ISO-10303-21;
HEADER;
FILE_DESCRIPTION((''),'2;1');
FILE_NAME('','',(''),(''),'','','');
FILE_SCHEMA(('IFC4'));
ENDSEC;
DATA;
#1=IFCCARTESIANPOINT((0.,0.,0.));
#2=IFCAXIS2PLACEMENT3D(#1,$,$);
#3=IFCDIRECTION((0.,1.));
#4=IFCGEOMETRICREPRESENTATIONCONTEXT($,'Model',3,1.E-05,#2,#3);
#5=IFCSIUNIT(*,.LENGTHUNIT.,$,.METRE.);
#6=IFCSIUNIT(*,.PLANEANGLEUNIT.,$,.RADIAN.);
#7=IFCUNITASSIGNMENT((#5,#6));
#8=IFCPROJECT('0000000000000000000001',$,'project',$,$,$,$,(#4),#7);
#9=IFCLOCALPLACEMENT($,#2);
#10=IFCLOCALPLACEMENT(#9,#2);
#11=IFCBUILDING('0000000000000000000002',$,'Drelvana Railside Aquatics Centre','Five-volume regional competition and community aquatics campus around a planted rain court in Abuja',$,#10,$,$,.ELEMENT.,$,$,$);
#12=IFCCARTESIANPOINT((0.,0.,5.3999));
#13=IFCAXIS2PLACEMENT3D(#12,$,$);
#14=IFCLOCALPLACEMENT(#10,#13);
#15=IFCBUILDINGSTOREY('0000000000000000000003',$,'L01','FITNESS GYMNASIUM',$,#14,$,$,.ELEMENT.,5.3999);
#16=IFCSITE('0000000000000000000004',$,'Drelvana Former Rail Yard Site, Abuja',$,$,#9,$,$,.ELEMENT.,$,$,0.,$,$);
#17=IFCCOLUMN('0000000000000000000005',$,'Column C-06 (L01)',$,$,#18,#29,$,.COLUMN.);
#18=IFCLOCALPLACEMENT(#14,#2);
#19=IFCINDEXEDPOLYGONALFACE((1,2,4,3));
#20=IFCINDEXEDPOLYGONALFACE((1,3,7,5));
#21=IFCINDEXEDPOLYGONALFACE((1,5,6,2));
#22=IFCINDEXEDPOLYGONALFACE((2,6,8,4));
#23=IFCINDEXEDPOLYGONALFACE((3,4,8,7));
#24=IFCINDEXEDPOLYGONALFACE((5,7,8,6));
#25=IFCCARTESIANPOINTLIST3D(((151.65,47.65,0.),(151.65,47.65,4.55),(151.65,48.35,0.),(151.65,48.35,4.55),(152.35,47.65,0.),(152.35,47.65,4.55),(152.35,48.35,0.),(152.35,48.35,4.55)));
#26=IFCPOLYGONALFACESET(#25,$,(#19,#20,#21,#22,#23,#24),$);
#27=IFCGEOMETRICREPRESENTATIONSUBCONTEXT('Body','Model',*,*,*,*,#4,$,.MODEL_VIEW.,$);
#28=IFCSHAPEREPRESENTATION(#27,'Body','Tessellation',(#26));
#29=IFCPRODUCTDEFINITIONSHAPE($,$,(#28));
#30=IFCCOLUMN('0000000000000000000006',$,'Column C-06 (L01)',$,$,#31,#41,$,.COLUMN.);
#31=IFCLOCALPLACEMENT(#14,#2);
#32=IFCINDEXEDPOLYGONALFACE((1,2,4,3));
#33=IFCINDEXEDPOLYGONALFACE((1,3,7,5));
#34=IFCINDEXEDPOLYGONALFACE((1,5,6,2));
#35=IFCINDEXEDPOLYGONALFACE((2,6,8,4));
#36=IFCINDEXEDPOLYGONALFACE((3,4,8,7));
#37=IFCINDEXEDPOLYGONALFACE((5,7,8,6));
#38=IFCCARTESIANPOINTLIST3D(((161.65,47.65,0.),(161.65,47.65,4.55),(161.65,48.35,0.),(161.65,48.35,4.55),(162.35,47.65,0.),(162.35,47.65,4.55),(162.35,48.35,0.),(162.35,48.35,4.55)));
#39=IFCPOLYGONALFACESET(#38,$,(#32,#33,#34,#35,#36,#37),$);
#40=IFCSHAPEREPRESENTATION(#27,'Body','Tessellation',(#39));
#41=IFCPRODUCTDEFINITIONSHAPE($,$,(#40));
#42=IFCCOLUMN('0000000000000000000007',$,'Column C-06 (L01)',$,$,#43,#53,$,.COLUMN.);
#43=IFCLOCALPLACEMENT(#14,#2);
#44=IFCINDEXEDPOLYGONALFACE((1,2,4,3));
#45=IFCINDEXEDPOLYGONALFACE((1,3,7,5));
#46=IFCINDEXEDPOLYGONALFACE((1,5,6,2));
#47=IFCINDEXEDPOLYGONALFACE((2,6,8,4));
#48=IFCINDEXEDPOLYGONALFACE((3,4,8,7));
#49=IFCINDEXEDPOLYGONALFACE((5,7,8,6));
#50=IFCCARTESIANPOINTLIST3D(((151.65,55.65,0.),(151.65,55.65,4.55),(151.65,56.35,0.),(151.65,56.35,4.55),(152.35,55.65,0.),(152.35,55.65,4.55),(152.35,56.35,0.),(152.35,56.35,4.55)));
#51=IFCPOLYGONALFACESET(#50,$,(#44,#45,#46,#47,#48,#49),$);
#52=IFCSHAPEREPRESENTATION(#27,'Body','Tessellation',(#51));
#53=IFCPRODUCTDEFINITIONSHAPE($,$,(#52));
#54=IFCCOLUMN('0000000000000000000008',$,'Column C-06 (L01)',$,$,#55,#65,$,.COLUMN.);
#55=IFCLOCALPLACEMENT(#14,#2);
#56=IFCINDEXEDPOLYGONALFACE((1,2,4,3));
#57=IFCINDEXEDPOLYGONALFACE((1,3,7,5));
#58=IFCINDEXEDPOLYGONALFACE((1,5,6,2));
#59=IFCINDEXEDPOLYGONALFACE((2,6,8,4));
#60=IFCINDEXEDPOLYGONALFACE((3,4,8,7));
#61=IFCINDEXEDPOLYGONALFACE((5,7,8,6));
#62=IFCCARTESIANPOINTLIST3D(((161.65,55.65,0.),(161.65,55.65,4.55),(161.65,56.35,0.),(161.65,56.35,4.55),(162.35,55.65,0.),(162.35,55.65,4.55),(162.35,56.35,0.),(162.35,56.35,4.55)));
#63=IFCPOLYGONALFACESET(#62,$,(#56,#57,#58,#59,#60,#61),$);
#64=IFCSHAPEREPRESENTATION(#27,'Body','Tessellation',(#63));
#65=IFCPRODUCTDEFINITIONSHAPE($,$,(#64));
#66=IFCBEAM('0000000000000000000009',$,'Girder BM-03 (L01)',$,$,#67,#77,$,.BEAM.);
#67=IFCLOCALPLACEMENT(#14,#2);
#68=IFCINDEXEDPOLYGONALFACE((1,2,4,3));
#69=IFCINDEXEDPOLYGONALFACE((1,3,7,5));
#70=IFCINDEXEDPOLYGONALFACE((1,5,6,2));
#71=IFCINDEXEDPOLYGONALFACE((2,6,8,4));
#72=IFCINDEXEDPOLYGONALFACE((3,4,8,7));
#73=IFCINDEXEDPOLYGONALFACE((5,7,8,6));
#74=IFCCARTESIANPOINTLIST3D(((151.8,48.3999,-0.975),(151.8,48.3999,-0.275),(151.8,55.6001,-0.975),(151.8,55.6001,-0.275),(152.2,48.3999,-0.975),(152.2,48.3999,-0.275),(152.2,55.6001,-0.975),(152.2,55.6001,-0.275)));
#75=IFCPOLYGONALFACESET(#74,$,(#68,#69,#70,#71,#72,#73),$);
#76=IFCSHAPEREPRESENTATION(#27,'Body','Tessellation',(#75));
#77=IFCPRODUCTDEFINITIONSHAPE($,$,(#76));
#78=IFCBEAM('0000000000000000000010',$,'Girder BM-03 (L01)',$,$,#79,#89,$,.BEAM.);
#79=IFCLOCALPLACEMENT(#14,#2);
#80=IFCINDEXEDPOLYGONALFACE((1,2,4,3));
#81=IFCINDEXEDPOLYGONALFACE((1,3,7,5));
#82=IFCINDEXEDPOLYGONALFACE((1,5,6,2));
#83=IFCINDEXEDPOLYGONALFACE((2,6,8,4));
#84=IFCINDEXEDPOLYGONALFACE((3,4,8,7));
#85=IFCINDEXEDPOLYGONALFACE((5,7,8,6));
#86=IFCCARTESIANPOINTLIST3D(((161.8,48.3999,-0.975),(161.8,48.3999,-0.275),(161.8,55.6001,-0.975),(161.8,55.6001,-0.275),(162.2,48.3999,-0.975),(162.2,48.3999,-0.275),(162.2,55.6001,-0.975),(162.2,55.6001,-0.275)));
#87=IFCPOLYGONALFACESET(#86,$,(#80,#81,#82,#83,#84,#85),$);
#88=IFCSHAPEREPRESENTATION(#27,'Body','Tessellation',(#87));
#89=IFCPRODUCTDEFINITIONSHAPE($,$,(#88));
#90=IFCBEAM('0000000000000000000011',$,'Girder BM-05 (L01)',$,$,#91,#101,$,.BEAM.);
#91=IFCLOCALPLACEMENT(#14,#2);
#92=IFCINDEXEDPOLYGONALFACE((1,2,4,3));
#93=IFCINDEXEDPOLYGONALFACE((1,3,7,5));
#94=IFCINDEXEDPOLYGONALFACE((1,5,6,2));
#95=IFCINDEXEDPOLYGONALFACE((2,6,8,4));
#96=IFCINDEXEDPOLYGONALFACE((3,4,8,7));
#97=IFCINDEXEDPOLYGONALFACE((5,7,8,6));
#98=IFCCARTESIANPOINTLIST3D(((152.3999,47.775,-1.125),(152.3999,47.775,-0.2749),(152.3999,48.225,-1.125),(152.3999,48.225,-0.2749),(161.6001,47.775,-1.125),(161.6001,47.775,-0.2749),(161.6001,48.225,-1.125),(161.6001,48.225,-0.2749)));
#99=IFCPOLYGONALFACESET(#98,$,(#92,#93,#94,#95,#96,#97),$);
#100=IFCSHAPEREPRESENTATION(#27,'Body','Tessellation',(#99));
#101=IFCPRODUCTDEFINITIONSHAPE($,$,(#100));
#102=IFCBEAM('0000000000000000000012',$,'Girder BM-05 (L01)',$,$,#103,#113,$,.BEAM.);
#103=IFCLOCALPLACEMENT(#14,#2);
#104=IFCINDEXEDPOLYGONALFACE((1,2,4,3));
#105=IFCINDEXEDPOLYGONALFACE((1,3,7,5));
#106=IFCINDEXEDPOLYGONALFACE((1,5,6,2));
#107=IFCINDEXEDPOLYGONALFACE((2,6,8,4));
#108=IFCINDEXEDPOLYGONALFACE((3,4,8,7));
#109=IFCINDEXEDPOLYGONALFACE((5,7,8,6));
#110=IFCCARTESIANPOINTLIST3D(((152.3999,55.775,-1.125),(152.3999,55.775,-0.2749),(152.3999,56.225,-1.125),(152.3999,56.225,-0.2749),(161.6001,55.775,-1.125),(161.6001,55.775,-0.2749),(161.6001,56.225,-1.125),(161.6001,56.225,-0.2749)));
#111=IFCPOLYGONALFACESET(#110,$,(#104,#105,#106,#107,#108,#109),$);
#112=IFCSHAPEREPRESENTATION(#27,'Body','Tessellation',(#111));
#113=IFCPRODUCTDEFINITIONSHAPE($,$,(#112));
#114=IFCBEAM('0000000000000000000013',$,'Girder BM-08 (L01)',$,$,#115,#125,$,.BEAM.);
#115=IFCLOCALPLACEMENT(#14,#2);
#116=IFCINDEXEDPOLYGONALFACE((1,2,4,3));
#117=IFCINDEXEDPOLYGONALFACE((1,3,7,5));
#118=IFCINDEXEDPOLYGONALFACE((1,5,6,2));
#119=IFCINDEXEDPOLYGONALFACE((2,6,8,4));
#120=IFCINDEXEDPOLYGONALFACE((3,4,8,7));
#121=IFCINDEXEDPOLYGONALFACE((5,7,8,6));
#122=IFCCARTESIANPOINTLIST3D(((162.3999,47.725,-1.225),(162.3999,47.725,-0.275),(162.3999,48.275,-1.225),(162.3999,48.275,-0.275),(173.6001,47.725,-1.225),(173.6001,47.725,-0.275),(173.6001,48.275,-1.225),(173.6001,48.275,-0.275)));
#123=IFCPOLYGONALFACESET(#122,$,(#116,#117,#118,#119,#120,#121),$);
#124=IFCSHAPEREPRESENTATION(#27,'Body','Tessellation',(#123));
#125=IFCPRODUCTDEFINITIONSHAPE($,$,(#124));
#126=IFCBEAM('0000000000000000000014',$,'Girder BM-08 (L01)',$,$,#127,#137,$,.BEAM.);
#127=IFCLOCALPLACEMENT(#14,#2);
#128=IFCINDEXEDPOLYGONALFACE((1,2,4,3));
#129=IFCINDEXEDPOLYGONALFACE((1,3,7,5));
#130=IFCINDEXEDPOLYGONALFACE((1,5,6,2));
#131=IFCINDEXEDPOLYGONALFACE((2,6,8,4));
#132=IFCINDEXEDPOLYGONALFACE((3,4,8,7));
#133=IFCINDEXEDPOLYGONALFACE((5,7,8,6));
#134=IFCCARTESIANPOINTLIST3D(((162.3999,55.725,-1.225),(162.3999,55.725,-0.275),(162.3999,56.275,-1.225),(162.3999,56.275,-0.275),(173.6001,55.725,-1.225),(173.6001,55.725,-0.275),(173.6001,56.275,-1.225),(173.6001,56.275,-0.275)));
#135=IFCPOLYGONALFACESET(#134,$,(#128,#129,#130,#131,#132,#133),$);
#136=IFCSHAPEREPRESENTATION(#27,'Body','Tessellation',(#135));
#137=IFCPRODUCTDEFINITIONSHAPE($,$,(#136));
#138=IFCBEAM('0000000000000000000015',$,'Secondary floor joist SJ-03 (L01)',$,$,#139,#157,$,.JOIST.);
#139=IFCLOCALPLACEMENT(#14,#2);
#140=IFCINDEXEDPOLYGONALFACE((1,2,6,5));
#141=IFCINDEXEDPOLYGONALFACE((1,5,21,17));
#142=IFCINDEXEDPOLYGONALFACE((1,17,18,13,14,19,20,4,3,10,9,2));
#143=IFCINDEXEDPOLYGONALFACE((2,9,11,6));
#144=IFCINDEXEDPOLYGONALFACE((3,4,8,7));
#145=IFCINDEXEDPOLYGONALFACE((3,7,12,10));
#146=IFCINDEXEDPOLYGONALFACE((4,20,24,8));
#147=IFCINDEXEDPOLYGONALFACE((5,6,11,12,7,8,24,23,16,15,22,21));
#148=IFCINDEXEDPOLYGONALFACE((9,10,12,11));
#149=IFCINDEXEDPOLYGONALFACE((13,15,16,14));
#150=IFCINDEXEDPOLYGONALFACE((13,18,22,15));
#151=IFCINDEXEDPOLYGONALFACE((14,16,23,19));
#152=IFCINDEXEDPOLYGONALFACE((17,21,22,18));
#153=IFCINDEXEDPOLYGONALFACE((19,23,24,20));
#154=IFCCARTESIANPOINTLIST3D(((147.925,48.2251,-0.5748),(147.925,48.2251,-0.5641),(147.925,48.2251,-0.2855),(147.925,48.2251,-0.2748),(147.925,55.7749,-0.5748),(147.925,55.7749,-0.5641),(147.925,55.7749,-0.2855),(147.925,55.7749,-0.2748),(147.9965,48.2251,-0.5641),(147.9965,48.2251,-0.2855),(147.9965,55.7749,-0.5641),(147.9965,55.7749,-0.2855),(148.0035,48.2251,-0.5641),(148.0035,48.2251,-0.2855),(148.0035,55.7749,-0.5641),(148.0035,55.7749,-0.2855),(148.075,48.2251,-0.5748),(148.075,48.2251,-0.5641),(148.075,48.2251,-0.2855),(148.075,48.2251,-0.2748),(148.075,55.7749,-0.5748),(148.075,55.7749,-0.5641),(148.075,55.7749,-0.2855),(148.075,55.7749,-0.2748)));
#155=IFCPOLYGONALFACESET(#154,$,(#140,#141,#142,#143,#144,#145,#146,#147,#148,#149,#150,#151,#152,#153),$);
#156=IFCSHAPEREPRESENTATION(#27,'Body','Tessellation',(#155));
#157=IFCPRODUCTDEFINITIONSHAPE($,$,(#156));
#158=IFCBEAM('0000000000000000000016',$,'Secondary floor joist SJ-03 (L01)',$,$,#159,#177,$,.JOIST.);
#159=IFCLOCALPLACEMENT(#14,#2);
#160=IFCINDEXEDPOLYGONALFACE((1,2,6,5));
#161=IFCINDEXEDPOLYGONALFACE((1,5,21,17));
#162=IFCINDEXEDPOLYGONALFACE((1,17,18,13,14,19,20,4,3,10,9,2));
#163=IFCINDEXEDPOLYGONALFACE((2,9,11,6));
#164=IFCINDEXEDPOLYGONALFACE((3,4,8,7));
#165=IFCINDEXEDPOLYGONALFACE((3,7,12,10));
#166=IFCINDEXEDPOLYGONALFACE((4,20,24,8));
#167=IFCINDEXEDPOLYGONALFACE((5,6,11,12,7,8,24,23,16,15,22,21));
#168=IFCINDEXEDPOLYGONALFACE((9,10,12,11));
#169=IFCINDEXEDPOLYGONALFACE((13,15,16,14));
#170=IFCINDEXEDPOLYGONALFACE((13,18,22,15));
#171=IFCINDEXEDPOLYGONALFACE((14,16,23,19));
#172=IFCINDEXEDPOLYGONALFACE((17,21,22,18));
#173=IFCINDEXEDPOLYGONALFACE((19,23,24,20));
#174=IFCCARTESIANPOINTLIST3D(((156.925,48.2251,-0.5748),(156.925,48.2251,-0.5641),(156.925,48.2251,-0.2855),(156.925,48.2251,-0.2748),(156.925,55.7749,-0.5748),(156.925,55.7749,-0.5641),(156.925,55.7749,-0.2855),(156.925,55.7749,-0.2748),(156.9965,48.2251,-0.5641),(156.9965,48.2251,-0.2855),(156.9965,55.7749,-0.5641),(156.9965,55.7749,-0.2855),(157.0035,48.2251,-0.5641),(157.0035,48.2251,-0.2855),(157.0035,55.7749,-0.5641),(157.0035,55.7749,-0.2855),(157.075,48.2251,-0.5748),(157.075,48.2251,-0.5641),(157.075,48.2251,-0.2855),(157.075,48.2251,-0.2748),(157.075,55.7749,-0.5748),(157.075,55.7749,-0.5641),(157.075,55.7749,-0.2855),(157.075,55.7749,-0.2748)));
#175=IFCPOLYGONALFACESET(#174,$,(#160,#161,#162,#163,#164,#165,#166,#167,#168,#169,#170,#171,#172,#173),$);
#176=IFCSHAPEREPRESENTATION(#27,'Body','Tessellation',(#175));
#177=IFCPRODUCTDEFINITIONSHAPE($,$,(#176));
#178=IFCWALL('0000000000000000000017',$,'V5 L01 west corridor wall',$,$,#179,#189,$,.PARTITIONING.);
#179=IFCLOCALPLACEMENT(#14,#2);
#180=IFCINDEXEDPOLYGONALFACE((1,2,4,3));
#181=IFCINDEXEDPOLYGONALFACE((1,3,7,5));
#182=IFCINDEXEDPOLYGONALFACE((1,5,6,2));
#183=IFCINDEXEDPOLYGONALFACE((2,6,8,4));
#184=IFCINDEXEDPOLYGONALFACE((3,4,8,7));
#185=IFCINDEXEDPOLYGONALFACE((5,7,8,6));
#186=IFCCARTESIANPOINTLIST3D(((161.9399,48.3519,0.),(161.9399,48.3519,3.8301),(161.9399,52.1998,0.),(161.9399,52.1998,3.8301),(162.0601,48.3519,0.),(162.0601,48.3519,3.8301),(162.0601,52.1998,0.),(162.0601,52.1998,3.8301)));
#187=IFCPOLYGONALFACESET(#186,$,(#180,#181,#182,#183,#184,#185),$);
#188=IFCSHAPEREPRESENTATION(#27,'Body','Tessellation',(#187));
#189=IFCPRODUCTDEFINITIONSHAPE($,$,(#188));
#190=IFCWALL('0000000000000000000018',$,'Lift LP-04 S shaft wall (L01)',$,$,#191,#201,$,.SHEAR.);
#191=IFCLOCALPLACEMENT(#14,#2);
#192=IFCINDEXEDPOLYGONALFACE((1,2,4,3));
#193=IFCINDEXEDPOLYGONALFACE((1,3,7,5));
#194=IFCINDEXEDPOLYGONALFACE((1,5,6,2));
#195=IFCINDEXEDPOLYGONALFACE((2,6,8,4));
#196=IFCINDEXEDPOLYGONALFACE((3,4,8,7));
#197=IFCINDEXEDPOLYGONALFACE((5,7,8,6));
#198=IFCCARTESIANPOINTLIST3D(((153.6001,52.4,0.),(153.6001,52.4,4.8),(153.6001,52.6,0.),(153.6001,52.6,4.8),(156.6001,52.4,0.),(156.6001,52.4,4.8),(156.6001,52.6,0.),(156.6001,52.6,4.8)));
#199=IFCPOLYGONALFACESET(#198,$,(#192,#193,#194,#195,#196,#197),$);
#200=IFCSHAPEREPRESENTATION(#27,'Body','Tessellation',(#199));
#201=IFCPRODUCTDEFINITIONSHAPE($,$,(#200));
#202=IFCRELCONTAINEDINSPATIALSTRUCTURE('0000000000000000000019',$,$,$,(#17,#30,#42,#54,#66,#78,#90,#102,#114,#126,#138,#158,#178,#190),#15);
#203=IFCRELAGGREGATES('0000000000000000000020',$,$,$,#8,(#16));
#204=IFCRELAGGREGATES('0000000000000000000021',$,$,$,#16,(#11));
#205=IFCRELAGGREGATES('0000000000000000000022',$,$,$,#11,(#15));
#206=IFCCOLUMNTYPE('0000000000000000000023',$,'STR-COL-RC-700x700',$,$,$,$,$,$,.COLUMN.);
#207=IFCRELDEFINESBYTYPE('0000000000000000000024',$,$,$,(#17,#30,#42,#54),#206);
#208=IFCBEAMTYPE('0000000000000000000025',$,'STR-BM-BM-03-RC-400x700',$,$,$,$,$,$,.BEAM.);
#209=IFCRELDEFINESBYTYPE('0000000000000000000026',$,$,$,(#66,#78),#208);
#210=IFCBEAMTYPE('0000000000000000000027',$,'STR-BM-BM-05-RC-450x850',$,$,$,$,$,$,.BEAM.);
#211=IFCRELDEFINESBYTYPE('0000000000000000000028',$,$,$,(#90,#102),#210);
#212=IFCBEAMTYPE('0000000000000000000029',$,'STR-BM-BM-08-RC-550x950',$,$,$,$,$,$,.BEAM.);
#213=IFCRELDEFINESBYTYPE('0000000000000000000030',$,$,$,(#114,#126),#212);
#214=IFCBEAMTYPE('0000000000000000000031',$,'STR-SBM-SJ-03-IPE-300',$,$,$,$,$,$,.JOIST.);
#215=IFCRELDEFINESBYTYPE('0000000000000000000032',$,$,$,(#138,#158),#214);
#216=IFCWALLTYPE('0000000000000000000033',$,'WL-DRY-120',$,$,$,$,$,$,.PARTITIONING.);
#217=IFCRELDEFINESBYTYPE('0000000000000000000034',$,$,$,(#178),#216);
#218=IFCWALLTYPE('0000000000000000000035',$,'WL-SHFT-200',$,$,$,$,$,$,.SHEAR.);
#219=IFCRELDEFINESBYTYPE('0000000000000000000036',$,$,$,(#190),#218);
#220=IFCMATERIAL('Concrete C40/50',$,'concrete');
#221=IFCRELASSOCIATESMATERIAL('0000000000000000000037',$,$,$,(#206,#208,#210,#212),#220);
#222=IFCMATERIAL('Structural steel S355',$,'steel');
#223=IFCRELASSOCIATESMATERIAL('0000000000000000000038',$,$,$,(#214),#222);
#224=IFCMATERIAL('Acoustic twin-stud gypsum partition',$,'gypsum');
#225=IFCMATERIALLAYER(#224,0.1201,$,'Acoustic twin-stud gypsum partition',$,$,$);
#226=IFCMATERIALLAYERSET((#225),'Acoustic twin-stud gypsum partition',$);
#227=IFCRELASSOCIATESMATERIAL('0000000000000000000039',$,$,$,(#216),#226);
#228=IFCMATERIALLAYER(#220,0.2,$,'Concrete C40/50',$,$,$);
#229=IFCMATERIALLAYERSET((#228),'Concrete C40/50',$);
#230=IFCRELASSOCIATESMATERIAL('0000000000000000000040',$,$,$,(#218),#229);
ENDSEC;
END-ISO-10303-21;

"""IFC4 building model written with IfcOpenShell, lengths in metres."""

from ifc_helpers import new_model, si_unit, direction, frame, frame_2d, origin, origin_2d, place, context, subcontext, project, spatial, rectangle, i_section, extrude, material, layer, layer_set, material_profile, profile_set, type_object, element, save


model = new_model("IFC4")

# Units and contexts
model_context = context("Model", 3, precision=1e-05, world=origin(), true_north=direction((0.0, 1.0)))
body_context = subcontext(model_context, "Body", "Model", "MODEL_VIEW")
ifc_project = project(units=[si_unit("LENGTHUNIT", "METRE"), si_unit("PLANEANGLEUNIT", "RADIAN")], contexts=[model_context])

# Site, building, storey
site_placement = place(None, origin())
site = spatial("IfcSite", under=ifc_project, at=site_placement, Name="Drelvana Former Rail Yard Site, Abuja", CompositionType="ELEMENT", RefElevation=0.0)
building_placement = place(site_placement, origin())
building = spatial("IfcBuilding", under=site, at=building_placement, Name="Drelvana Railside Aquatics Centre", Description="Five-volume regional competition and community aquatics campus around a planted rain court in Abuja", CompositionType="ELEMENT")
storey_placement = place(building_placement, frame((0.0, 0.0, 5.3999)))
storey = spatial("IfcBuildingStorey", under=building, at=storey_placement, Name="L01", Description="FITNESS GYMNASIUM", CompositionType="ELEMENT", Elevation=5.3999)

# Columns
ifc_material_1 = material(Name="Concrete C40/50", Category="concrete")
ifc_material_profile_1 = material_profile(ifc_material_1, rectangle(XDim=0.7, YDim=0.7, at=origin_2d()), Name="RC 700x700")
ifc_profile_set_1 = profile_set([ifc_material_profile_1], Name="Concrete C40/50")
column_type = type_object("IfcColumnType", Name="STR-COL-RC-700x700", PredefinedType="COLUMN", material=ifc_profile_set_1)
for number, where, z_axis, x_axis, name in (
    (1, (152.0, 48.0, 0.0), (0.0, 0.0, 1.0), (1.0, 0.0, 0.0), "Column C-06 (L01)"),
    (2, (162.0, 48.0, 0.0), (0.0, 0.0, 1.0), (1.0, 0.0, 0.0), "Column C-06 (L01)"),
    (3, (152.0, 56.0, 0.0), (0.0, 0.0, 1.0), (1.0, 0.0, 0.0), "Column C-06 (L01)"),
    (4, (162.0, 56.0, 0.0), (0.0, 0.0, 1.0), (1.0, 0.0, 0.0), "Column C-06 (L01)"),
):
    element("IfcColumn", number, at=place(storey_placement, frame(where, z_axis=z_axis, x_axis=x_axis)), inside=storey, type_object=column_type, Name=name, PredefinedType="COLUMN", context=body_context, shape_type="SweptSolid", body=[
        extrude(rectangle(XDim=0.7, YDim=0.7, at=origin_2d()), origin(), (0.0, 0.0, 1.0), 4.55),
    ])

# Beams
ifc_material_profile_2 = material_profile(ifc_material_1, rectangle(XDim=0.3999, YDim=0.7, at=origin_2d()), Name="RC 400x700")
ifc_profile_set_2 = profile_set([ifc_material_profile_2], Name="Concrete C40/50")
beam_type_1 = type_object("IfcBeamType", Name="STR-BM-BM-03-RC-400x700", PredefinedType="BEAM", material=ifc_profile_set_2)
for number, where, z_axis, x_axis, name in (
    (5, (152.0, 48.3999, -0.625), (0.0, 1.0, 0.0), (-1.0, 0.0, 0.0), "Girder BM-03 (L01)"),
    (6, (162.0, 48.3999, -0.625), (0.0, 1.0, 0.0), (-1.0, 0.0, 0.0), "Girder BM-03 (L01)"),
):
    element("IfcBeam", number, at=place(storey_placement, frame(where, z_axis=z_axis, x_axis=x_axis)), inside=storey, type_object=beam_type_1, Name=name, PredefinedType="BEAM", context=body_context, shape_type="SweptSolid", body=[
        extrude(rectangle(XDim=0.3999, YDim=0.7, at=origin_2d()), origin(), (0.0, 0.0, 1.0), 7.2002),
    ])
ifc_material_profile_3 = material_profile(ifc_material_1, rectangle(XDim=0.45, YDim=0.8501, at=origin_2d()), Name="RC 450x850")
ifc_profile_set_3 = profile_set([ifc_material_profile_3], Name="Concrete C40/50")
beam_type_2 = type_object("IfcBeamType", Name="STR-BM-BM-05-RC-450x850", PredefinedType="BEAM", material=ifc_profile_set_3)
for number, where, z_axis, x_axis, name in (
    (7, (152.3999, 48.0, -0.7), (1.0, 0.0, 0.0), (0.0, 1.0, 0.0), "Girder BM-05 (L01)"),
    (8, (152.3999, 56.0, -0.7), (1.0, 0.0, 0.0), (0.0, 1.0, 0.0), "Girder BM-05 (L01)"),
):
    element("IfcBeam", number, at=place(storey_placement, frame(where, z_axis=z_axis, x_axis=x_axis)), inside=storey, type_object=beam_type_2, Name=name, PredefinedType="BEAM", context=body_context, shape_type="SweptSolid", body=[
        extrude(rectangle(XDim=0.45, YDim=0.8501, at=origin_2d()), origin(), (0.0, 0.0, 1.0), 9.2002),
    ])
ifc_material_profile_4 = material_profile(ifc_material_1, rectangle(XDim=0.55, YDim=0.95, at=origin_2d()), Name="RC 550x950")
ifc_profile_set_4 = profile_set([ifc_material_profile_4], Name="Concrete C40/50")
beam_type_3 = type_object("IfcBeamType", Name="STR-BM-BM-08-RC-550x950", PredefinedType="BEAM", material=ifc_profile_set_4)
for number, where, z_axis, x_axis, name in (
    (9, (162.3999, 48.0, -0.75), (1.0, 0.0, 0.0), (0.0, 1.0, 0.0), "Girder BM-08 (L01)"),
    (10, (162.3999, 56.0, -0.75), (1.0, 0.0, 0.0), (0.0, 1.0, 0.0), "Girder BM-08 (L01)"),
):
    element("IfcBeam", number, at=place(storey_placement, frame(where, z_axis=z_axis, x_axis=x_axis)), inside=storey, type_object=beam_type_3, Name=name, PredefinedType="BEAM", context=body_context, shape_type="SweptSolid", body=[
        extrude(rectangle(XDim=0.55, YDim=0.95, at=origin_2d()), origin(), (0.0, 0.0, 1.0), 11.2002),
    ])
ifc_material_2 = material(Name="Structural steel S355", Category="steel")
ifc_material_profile_5 = material_profile(ifc_material_2, i_section(OverallWidth=0.1499, OverallDepth=0.3, WebThickness=0.0071, FlangeThickness=0.0107, at=origin_2d()), Name="IPE 300")
ifc_profile_set_5 = profile_set([ifc_material_profile_5], Name="Structural steel S355")
beam_type_4 = type_object("IfcBeamType", Name="STR-SBM-SJ-03-IPE-300", PredefinedType="JOIST", material=ifc_profile_set_5)
for number, where, z_axis, x_axis, name in (
    (11, (148.0, 48.2251, -0.4248), (0.0, 1.0, 0.0), (-1.0, 0.0, 0.0), "Secondary floor joist SJ-03 (L01)"),
    (12, (157.0, 48.2251, -0.4248), (0.0, 1.0, 0.0), (-1.0, 0.0, 0.0), "Secondary floor joist SJ-03 (L01)"),
):
    element("IfcBeam", number, at=place(storey_placement, frame(where, z_axis=z_axis, x_axis=x_axis)), inside=storey, type_object=beam_type_4, Name=name, PredefinedType="JOIST", context=body_context, shape_type="SweptSolid", body=[
        extrude(i_section(OverallWidth=0.1499, OverallDepth=0.3, WebThickness=0.0071, FlangeThickness=0.0107, at=origin_2d()), origin(), (0.0, 0.0, 1.0), 7.5498),
    ])

# Walls
ifc_material_3 = material(Name="Acoustic twin-stud gypsum partition", Category="gypsum")
ifc_layer_1 = layer(ifc_material_3, 0.1201, Name="Acoustic twin-stud gypsum partition")
ifc_layer_set_1 = layer_set([ifc_layer_1], Name="Acoustic twin-stud gypsum partition")
wall_type_1 = type_object("IfcWallType", Name="WL-DRY-120", PredefinedType="PARTITIONING", material=ifc_layer_set_1)
wall_1_placement = place(storey_placement, frame((162.0, 48.3521, 0.0), z_axis=(0.0, 0.0, 1.0), x_axis=(0.0, 1.0, 0.0)))
element("IfcWall", 13, at=wall_1_placement, inside=storey, type_object=wall_type_1, Name="V5 L01 west corridor wall", PredefinedType="PARTITIONING", context=body_context, shape_type="SweptSolid", body=[
    extrude(rectangle(XDim=3.8479, YDim=0.1201, at=frame_2d((1.9238, 0.0))), origin(), (0.0, 0.0, 1.0), 3.8301),
])
ifc_layer_2 = layer(ifc_material_1, 0.2, Name="Concrete C40/50")
ifc_layer_set_2 = layer_set([ifc_layer_2], Name="Concrete C40/50")
wall_type_2 = type_object("IfcWallType", Name="WL-SHFT-200", PredefinedType="SHEAR", material=ifc_layer_set_2)
for number, where, z_axis, x_axis, name in (
    (14, (153.6001, 52.5, 0.0), (0.0, 0.0, 1.0), (1.0, 0.0, 0.0), "Lift LP-04 S shaft wall (L01)"),
):
    element("IfcWall", number, at=place(storey_placement, frame(where, z_axis=z_axis, x_axis=x_axis)), inside=storey, type_object=wall_type_2, Name=name, PredefinedType="SHEAR", context=body_context, shape_type="SweptSolid", body=[
        extrude(rectangle(XDim=3.0, YDim=0.2, at=frame_2d((1.5, 0.0))), origin(), (0.0, 0.0, 1.0), 4.8),
    ])

save(model, "model.ifc")
